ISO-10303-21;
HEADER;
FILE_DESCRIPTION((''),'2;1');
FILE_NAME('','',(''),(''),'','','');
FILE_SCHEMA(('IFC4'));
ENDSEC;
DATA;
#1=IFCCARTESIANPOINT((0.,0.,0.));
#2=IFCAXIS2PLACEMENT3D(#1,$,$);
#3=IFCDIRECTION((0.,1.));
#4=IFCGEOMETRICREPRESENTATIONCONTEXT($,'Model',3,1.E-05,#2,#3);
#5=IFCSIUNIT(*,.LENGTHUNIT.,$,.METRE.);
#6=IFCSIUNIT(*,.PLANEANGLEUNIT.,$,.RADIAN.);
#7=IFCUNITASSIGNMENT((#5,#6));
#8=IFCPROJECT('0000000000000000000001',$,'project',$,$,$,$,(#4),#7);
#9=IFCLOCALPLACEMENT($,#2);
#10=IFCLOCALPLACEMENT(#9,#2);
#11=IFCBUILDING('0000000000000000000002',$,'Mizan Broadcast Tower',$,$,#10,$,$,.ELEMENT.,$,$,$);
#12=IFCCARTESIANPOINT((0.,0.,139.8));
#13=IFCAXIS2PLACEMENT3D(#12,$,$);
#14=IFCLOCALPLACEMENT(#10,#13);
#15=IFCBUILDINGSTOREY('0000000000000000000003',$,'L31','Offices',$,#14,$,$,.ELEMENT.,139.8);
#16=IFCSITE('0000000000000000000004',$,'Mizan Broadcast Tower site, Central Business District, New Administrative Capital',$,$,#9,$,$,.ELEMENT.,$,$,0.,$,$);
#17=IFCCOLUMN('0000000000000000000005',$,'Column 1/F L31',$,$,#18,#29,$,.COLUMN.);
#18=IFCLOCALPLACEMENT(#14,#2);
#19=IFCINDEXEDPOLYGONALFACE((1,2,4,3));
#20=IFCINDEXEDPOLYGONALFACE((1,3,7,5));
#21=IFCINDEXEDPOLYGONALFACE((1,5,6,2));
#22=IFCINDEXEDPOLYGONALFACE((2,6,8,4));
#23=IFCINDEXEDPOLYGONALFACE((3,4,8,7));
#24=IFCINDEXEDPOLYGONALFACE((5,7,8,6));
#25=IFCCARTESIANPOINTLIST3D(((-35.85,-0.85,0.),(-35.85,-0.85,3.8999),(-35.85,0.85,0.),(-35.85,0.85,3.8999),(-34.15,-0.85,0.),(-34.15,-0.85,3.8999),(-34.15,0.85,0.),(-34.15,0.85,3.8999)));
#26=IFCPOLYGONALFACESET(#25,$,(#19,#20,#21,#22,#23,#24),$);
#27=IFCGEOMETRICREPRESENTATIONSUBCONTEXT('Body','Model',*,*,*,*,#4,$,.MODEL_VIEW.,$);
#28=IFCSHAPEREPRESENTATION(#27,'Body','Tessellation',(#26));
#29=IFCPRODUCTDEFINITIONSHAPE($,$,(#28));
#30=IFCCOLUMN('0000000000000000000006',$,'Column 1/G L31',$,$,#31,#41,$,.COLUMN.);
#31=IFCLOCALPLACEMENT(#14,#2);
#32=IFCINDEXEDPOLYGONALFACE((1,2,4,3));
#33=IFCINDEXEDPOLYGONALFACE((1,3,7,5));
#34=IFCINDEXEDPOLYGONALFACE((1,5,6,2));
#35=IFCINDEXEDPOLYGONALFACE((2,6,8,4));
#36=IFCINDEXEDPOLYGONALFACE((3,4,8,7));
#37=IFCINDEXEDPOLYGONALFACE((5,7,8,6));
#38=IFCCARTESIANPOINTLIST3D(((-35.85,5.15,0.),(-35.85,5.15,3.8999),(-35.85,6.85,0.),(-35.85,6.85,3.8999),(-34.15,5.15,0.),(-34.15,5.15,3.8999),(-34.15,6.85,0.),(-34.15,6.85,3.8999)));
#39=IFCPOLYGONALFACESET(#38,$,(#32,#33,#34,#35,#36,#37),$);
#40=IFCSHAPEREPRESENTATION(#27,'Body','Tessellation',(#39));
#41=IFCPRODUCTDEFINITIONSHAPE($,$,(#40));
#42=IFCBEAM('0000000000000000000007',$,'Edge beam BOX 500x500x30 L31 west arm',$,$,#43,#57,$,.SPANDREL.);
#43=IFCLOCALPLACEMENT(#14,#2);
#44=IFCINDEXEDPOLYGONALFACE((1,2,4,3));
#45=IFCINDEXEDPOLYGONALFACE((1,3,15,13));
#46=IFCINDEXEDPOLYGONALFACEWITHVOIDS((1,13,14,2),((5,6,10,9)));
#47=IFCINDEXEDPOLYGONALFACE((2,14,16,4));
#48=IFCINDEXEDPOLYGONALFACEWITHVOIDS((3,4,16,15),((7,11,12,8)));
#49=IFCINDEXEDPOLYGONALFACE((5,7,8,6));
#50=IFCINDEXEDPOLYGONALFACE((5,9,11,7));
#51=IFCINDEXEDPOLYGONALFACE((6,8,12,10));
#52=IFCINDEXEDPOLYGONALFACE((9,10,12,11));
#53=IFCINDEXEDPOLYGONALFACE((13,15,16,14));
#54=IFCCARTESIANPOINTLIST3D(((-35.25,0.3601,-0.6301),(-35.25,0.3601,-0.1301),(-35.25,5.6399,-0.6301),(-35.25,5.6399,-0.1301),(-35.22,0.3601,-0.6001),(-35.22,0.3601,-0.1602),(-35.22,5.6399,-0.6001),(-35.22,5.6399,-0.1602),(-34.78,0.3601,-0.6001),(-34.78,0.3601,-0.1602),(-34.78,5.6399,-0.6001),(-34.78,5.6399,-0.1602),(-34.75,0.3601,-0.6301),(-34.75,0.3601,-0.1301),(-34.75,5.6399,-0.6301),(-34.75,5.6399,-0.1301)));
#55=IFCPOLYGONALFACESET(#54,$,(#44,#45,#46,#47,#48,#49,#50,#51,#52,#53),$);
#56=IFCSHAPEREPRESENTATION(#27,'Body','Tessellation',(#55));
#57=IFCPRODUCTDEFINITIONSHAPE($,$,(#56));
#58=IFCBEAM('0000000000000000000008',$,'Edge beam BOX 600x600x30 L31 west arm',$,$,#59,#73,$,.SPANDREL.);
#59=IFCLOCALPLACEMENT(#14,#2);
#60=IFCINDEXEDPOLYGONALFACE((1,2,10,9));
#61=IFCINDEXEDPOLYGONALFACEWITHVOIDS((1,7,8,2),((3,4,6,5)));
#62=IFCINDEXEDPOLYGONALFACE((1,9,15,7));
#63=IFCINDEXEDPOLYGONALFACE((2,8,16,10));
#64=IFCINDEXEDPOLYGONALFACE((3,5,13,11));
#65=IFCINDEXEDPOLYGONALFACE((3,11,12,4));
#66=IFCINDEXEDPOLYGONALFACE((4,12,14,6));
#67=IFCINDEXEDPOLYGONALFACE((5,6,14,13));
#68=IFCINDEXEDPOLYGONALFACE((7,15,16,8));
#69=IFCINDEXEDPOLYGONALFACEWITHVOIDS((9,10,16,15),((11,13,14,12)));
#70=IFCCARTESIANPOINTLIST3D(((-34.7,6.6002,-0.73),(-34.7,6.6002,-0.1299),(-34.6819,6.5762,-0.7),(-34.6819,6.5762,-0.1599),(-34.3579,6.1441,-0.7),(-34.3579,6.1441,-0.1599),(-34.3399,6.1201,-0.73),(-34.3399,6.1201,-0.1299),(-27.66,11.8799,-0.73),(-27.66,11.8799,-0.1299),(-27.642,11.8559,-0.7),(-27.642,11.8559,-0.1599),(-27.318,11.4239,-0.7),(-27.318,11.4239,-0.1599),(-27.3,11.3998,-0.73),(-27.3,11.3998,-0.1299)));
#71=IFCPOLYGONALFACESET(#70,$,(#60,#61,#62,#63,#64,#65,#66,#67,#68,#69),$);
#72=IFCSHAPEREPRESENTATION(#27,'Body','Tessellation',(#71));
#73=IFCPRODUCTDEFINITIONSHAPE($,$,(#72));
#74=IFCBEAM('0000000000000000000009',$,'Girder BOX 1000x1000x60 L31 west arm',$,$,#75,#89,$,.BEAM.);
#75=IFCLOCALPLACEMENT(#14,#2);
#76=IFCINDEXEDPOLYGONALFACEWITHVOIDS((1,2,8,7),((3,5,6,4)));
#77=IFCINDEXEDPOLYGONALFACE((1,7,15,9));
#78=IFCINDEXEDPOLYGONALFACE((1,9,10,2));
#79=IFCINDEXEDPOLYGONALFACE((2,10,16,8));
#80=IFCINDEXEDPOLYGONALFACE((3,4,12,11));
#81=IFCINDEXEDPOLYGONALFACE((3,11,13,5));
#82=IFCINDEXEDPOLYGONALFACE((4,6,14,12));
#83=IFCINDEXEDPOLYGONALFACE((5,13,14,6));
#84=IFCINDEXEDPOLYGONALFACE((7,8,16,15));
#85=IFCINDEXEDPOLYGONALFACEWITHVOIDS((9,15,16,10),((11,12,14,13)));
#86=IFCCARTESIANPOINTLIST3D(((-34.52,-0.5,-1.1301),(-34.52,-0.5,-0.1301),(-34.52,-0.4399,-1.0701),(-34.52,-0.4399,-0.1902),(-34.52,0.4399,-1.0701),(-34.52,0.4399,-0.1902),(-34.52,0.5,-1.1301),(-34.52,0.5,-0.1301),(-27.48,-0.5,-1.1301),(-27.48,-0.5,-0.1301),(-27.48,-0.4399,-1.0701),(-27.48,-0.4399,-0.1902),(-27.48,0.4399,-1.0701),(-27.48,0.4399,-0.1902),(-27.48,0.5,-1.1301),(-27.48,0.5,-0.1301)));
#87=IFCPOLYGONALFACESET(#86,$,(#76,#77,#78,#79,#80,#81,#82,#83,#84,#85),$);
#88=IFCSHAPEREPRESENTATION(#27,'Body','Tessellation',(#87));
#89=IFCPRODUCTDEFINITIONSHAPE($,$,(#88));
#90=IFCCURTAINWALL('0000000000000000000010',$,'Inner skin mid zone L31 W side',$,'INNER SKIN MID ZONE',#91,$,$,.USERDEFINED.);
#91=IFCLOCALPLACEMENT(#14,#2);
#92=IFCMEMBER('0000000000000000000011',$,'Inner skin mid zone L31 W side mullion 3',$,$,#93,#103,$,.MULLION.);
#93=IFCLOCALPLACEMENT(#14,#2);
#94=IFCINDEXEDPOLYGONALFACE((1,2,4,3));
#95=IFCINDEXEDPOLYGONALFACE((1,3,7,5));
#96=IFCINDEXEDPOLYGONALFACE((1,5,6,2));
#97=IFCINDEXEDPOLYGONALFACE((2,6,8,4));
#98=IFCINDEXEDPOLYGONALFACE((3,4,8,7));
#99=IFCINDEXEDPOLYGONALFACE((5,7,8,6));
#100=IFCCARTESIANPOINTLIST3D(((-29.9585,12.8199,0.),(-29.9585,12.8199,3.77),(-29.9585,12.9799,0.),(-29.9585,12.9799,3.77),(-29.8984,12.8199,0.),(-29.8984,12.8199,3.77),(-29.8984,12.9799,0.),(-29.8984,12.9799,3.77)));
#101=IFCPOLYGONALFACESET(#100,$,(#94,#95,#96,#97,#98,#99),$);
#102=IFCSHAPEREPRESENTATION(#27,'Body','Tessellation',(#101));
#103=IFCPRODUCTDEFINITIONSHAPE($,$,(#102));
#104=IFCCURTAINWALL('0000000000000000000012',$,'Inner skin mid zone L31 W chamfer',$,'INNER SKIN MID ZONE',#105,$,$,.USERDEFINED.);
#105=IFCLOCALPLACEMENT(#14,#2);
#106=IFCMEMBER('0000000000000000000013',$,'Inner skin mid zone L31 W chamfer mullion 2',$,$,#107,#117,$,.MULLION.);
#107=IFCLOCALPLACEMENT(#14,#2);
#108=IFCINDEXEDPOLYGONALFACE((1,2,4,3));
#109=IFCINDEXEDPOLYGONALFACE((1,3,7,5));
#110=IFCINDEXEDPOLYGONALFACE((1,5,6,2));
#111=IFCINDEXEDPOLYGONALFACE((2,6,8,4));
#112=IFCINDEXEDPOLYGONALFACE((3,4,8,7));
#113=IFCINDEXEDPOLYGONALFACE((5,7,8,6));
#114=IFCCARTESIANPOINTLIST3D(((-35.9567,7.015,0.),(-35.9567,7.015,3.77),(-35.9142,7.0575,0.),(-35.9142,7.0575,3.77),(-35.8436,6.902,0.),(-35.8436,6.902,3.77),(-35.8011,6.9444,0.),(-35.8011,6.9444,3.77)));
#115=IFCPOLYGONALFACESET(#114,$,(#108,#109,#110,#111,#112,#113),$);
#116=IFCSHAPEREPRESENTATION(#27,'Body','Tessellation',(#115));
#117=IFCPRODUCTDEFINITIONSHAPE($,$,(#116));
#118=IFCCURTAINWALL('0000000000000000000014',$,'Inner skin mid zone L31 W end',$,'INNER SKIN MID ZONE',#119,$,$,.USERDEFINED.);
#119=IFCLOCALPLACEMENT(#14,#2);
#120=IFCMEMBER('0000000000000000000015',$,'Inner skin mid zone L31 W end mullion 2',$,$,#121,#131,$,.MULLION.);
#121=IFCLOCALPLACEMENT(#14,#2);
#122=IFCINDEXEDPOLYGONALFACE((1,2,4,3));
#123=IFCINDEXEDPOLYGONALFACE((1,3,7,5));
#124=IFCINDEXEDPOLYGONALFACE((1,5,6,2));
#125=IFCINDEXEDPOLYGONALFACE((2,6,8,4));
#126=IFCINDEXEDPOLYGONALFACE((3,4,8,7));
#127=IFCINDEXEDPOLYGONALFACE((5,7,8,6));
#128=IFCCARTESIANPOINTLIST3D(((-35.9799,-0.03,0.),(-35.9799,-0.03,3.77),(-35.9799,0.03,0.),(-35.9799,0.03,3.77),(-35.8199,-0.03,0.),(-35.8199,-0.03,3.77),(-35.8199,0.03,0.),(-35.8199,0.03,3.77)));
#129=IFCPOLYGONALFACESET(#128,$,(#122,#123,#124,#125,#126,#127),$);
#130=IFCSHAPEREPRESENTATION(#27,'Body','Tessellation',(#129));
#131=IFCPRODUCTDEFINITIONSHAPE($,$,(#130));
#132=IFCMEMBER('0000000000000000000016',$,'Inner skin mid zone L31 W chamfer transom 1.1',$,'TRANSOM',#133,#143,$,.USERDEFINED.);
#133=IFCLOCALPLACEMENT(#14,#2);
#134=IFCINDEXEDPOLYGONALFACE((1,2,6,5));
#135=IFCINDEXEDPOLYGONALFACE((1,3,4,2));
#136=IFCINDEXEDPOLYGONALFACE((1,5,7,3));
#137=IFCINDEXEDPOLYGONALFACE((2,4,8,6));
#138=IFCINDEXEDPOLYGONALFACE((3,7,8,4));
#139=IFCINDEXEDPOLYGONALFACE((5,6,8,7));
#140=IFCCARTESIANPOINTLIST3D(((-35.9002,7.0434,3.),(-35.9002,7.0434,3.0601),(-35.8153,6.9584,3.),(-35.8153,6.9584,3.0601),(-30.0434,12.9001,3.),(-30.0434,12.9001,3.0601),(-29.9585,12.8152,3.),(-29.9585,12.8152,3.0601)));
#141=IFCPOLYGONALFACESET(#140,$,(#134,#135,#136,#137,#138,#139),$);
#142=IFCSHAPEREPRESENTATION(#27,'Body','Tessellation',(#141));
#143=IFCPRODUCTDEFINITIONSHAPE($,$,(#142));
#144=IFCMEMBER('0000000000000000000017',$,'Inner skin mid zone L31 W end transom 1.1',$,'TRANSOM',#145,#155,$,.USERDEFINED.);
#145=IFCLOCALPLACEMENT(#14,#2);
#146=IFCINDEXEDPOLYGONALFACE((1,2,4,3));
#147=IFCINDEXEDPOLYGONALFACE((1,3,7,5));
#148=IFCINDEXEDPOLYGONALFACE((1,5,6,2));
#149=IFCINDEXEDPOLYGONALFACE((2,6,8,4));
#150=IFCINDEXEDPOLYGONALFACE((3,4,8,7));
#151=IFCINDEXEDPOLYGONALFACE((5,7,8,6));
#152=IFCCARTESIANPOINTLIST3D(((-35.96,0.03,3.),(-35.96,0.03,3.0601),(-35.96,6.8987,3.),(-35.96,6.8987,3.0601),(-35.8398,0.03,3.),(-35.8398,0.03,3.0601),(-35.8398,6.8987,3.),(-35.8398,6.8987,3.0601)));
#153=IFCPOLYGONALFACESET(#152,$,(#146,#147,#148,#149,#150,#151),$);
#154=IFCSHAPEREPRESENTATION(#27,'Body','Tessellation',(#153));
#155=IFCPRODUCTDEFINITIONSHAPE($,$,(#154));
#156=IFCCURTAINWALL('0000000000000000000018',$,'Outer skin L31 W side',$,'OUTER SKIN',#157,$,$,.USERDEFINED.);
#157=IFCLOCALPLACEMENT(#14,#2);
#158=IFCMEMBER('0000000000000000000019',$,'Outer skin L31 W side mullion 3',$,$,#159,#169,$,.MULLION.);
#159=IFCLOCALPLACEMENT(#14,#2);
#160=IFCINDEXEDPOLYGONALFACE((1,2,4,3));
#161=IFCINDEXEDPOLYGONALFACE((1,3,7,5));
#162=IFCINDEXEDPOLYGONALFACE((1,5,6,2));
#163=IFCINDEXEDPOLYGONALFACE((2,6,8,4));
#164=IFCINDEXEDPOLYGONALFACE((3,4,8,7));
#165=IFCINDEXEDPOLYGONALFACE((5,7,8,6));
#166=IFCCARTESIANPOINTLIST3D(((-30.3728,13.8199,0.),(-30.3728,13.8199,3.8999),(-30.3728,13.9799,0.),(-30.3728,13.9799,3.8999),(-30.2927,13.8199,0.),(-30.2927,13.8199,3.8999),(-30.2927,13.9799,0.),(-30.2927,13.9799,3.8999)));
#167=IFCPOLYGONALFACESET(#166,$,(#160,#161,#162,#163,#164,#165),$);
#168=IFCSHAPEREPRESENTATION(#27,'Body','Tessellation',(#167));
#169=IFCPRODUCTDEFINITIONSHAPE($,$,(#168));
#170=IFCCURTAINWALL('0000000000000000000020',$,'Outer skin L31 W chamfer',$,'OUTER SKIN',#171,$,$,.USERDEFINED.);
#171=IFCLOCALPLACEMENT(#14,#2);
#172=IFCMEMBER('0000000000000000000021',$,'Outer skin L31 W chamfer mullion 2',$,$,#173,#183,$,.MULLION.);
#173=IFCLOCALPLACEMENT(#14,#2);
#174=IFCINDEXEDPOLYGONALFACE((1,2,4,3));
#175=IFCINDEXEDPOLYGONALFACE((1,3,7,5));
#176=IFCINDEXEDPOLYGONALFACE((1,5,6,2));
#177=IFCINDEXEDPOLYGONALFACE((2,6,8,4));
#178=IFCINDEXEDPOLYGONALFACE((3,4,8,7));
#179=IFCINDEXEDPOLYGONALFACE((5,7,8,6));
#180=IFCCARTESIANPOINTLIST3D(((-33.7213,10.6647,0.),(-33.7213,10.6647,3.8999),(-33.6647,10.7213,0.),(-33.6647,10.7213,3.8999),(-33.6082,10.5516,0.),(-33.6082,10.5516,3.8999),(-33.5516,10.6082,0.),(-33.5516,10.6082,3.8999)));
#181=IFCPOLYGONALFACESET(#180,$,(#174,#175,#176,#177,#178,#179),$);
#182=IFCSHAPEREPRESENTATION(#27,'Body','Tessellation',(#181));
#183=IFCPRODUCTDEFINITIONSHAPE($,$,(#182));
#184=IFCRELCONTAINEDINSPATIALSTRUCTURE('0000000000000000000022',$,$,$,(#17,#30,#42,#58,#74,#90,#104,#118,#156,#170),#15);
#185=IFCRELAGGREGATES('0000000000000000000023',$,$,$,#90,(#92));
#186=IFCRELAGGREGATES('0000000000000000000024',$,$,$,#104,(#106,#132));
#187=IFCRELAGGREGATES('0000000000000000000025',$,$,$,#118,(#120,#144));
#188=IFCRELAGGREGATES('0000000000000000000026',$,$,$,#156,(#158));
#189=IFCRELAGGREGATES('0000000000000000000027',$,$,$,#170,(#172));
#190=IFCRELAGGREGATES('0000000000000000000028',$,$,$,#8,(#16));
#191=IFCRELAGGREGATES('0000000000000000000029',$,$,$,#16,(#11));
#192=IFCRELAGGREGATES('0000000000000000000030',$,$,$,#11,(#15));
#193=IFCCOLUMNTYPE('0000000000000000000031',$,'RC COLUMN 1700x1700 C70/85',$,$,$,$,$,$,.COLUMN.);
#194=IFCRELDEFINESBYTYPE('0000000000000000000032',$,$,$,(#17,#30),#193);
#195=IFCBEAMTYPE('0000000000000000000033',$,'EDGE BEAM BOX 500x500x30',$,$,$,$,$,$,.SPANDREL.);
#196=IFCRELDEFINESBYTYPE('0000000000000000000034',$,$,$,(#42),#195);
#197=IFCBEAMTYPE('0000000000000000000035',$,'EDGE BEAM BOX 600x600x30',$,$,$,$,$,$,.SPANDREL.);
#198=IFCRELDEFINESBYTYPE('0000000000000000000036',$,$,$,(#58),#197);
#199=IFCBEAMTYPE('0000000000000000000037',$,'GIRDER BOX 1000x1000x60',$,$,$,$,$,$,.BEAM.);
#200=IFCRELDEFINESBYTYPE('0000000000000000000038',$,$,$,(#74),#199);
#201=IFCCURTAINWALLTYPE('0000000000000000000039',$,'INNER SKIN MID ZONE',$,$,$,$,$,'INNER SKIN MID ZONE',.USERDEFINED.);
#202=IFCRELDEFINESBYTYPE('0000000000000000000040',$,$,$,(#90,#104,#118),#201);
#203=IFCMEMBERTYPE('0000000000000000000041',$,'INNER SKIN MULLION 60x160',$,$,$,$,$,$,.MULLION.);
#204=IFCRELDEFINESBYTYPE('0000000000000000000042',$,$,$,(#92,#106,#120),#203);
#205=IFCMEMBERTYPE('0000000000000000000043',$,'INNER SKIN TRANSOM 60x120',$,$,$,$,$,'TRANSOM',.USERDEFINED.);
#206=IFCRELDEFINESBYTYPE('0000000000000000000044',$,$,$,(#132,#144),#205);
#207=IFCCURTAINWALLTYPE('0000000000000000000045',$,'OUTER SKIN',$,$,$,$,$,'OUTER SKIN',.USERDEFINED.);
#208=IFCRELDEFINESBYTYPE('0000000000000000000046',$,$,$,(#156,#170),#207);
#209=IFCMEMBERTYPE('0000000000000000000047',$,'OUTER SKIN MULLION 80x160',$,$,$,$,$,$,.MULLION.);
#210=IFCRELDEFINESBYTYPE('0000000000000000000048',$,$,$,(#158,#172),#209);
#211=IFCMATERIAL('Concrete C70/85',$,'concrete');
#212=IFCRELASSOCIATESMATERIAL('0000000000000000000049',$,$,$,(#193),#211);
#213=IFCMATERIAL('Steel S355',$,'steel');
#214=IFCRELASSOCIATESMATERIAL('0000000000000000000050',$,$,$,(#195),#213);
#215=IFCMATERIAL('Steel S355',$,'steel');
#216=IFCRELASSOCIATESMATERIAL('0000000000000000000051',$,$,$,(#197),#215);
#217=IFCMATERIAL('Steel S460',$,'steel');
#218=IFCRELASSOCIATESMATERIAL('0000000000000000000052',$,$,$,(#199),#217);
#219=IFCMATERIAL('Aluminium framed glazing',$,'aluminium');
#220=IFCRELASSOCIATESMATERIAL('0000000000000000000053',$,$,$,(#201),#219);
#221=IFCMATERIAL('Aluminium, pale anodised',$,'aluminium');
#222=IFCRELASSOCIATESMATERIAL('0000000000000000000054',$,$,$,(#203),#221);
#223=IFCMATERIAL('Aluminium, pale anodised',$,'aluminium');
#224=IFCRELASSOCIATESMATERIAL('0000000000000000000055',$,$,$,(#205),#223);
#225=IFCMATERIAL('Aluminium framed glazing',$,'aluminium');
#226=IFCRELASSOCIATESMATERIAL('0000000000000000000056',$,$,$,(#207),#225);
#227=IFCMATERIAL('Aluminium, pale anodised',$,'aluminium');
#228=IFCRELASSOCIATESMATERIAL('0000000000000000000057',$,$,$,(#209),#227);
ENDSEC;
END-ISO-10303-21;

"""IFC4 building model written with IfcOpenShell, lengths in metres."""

from ifc_helpers import new_model, si_unit, direction, frame, origin, origin_2d, place, context, subcontext, project, spatial, rectangle, hollow_rectangle, extrude, material, material_profile, profile_set, type_object, element, aggregate, save


model = new_model("IFC4")

# Units and contexts
model_context = context("Model", 3, precision=1e-05, world=origin(), true_north=direction((0.0, 1.0)))
body_context = subcontext(model_context, "Body", "Model", "MODEL_VIEW")
ifc_project = project(units=[si_unit("LENGTHUNIT", "METRE"), si_unit("PLANEANGLEUNIT", "RADIAN")], contexts=[model_context])

# Site, building, storey
site_placement = place(None, origin())
site = spatial("IfcSite", under=ifc_project, at=site_placement, Name="Mizan Broadcast Tower site, Central Business District, New Administrative Capital", CompositionType="ELEMENT", RefElevation=0.0)
building_placement = place(site_placement, origin())
building = spatial("IfcBuilding", under=site, at=building_placement, Name="Mizan Broadcast Tower", CompositionType="ELEMENT")
storey_placement = place(building_placement, frame((0.0, 0.0, 139.8)))
storey = spatial("IfcBuildingStorey", under=building, at=storey_placement, Name="L31", Description="Offices", CompositionType="ELEMENT", Elevation=139.8)

# Columns
ifc_material_1 = material(Name="Concrete C70/85", Category="concrete")
ifc_material_profile_1 = material_profile(ifc_material_1, rectangle(XDim=1.7, YDim=1.7, at=origin_2d()), Name="RC 1700x1700")
ifc_profile_set_1 = profile_set([ifc_material_profile_1], Name="Concrete C70/85")
column_type = type_object("IfcColumnType", Name="RC COLUMN 1700x1700 C70/85", PredefinedType="COLUMN", material=ifc_profile_set_1)
for number, where, z_axis, x_axis, name in (
    (1, (-35.0, 0.0, 0.0), (0.0, 0.0, 1.0), (1.0, 0.0, 0.0), "Column 1/F L31"),
    (2, (-35.0, 6.0, 0.0), (0.0, 0.0, 1.0), (1.0, 0.0, 0.0), "Column 1/G L31"),
):
    element("IfcColumn", number, at=place(storey_placement, frame(where, z_axis=z_axis, x_axis=x_axis)), inside=storey, type_object=column_type, Name=name, PredefinedType="COLUMN", context=body_context, shape_type="SweptSolid", body=[
        extrude(rectangle(XDim=1.7, YDim=1.7, at=origin_2d()), origin(), (0.0, 0.0, 1.0), 3.8999),
    ])

# Beams
ifc_material_2 = material(Name="Steel S355", Category="steel")
ifc_material_profile_2 = material_profile(ifc_material_2, hollow_rectangle(XDim=0.5, YDim=0.5, WallThickness=0.03, at=origin_2d()), Name="BOX 500x500x30")
ifc_profile_set_2 = profile_set([ifc_material_profile_2], Name="Steel S355")
beam_type_1 = type_object("IfcBeamType", Name="EDGE BEAM BOX 500x500x30", PredefinedType="SPANDREL", material=ifc_profile_set_2)
beam_1_placement = place(storey_placement, frame((-35.0, 5.6399, -0.3801), z_axis=(0.0, -1.0, 0.0), x_axis=(1.0, 0.0, 0.0)))
element("IfcBeam", 3, at=beam_1_placement, inside=storey, type_object=beam_type_1, Name="Edge beam BOX 500x500x30 L31 west arm", PredefinedType="SPANDREL", context=body_context, shape_type="SweptSolid", body=[
    extrude(hollow_rectangle(XDim=0.5, YDim=0.5, WallThickness=0.03, at=origin_2d()), origin(), (0.0, 0.0, 1.0), 5.2798),
])
ifc_material_3 = material(Name="Steel S355", Category="steel")
ifc_material_profile_3 = material_profile(ifc_material_3, hollow_rectangle(XDim=0.6001, YDim=0.6001, WallThickness=0.03, at=origin_2d()), Name="BOX 600x600x30")
ifc_profile_set_3 = profile_set([ifc_material_profile_3], Name="Steel S355")
beam_type_2 = type_object("IfcBeamType", Name="EDGE BEAM BOX 600x600x30", PredefinedType="SPANDREL", material=ifc_profile_set_3)
beam_2_placement = place(storey_placement, frame((-27.48, 11.6399, -0.4299), z_axis=(-0.800013, -0.599982, 0.0), x_axis=(0.599982, -0.800013, 0.0)))
element("IfcBeam", 4, at=beam_2_placement, inside=storey, type_object=beam_type_2, Name="Edge beam BOX 600x600x30 L31 west arm", PredefinedType="SPANDREL", context=body_context, shape_type="SweptSolid", body=[
    extrude(hollow_rectangle(XDim=0.6001, YDim=0.6001, WallThickness=0.03, at=origin_2d()), origin(), (0.0, 0.0, 1.0), 8.7998),
])
ifc_material_4 = material(Name="Steel S460", Category="steel")
ifc_material_profile_4 = material_profile(ifc_material_4, hollow_rectangle(XDim=1.0, YDim=1.0, WallThickness=0.0601, at=origin_2d()), Name="BOX 1000x1000x60")
ifc_profile_set_4 = profile_set([ifc_material_profile_4], Name="Steel S460")
beam_type_3 = type_object("IfcBeamType", Name="GIRDER BOX 1000x1000x60", PredefinedType="BEAM", material=ifc_profile_set_4)
beam_3_placement = place(storey_placement, frame((-27.48, 0.0, -0.6301), z_axis=(-1.0, 0.0, 0.0), x_axis=(0.0, -1.0, 0.0)))
element("IfcBeam", 5, at=beam_3_placement, inside=storey, type_object=beam_type_3, Name="Girder BOX 1000x1000x60 L31 west arm", PredefinedType="BEAM", context=body_context, shape_type="SweptSolid", body=[
    extrude(hollow_rectangle(XDim=1.0, YDim=1.0, WallThickness=0.0601, at=origin_2d()), origin(), (0.0, 0.0, 1.0), 7.04),
])

# Curtain walls, members
ifc_material_5 = material(Name="Aluminium framed glazing", Category="aluminium")
curtain_wall_type_1 = type_object("IfcCurtainWallType", Name="INNER SKIN MID ZONE", ElementType="INNER SKIN MID ZONE", PredefinedType="USERDEFINED", material=ifc_material_5)
curtain_wall_1_placement = place(storey_placement, origin())
curtain_wall_1 = element("IfcCurtainWall", 6, at=curtain_wall_1_placement, inside=storey, type_object=curtain_wall_type_1, Name="Inner skin mid zone L31 W side", ObjectType="INNER SKIN MID ZONE", PredefinedType="USERDEFINED")
ifc_material_6 = material(Name="Aluminium, pale anodised", Category="aluminium")
ifc_material_profile_5 = material_profile(ifc_material_6, rectangle(XDim=0.1599, YDim=0.0601, at=origin_2d()), Name="MULLION 160x60")
ifc_profile_set_5 = profile_set([ifc_material_profile_5], Name="Aluminium, pale anodised")
member_type_1 = type_object("IfcMemberType", Name="INNER SKIN MULLION 60x160", PredefinedType="MULLION", material=ifc_profile_set_5)
member_1_placement = place(storey_placement, frame((-29.9285, 12.8999, 0.0), z_axis=(0.0, 0.0, 1.0), x_axis=(0.0, -1.0, 0.0)))
member_1 = element("IfcMember", 7, at=member_1_placement, type_object=member_type_1, Name="Inner skin mid zone L31 W side mullion 3", PredefinedType="MULLION", context=body_context, shape_type="SweptSolid", body=[
    extrude(rectangle(XDim=0.1599, YDim=0.0601, at=origin_2d()), origin(), (0.0, 0.0, 1.0), 3.77),
])
curtain_wall_2_placement = place(storey_placement, origin())
curtain_wall_2 = element("IfcCurtainWall", 8, at=curtain_wall_2_placement, inside=storey, type_object=curtain_wall_type_1, Name="Inner skin mid zone L31 W chamfer", ObjectType="INNER SKIN MID ZONE", PredefinedType="USERDEFINED")
member_2_placement = place(storey_placement, frame((-35.8789, 6.9797, 0.0), z_axis=(0.0, 0.0, 1.0), x_axis=(0.707107, -0.707107, 0.0)))
member_2 = element("IfcMember", 9, at=member_2_placement, type_object=member_type_1, Name="Inner skin mid zone L31 W chamfer mullion 2", PredefinedType="MULLION", context=body_context, shape_type="SweptSolid", body=[
    extrude(rectangle(XDim=0.1599, YDim=0.0601, at=origin_2d()), origin(), (0.0, 0.0, 1.0), 3.77),
])
curtain_wall_3_placement = place(storey_placement, origin())
curtain_wall_3 = element("IfcCurtainWall", 10, at=curtain_wall_3_placement, inside=storey, type_object=curtain_wall_type_1, Name="Inner skin mid zone L31 W end", ObjectType="INNER SKIN MID ZONE", PredefinedType="USERDEFINED")
member_3_placement = place(storey_placement, frame((-35.8999, 0.0, 0.0), z_axis=(0.0, 0.0, 1.0), x_axis=(1.0, 0.0, 0.0)))
member_3 = element("IfcMember", 11, at=member_3_placement, type_object=member_type_1, Name="Inner skin mid zone L31 W end mullion 2", PredefinedType="MULLION", context=body_context, shape_type="SweptSolid", body=[
    extrude(rectangle(XDim=0.1599, YDim=0.0601, at=origin_2d()), origin(), (0.0, 0.0, 1.0), 3.77),
])

# Members
ifc_material_7 = material(Name="Aluminium, pale anodised", Category="aluminium")
ifc_material_profile_6 = material_profile(ifc_material_7, rectangle(XDim=0.1201, YDim=0.0601, at=origin_2d()), Name="TRANSOM 120x60")
ifc_profile_set_6 = profile_set([ifc_material_profile_6], Name="Aluminium, pale anodised")
member_type_2 = type_object("IfcMemberType", Name="INNER SKIN TRANSOM 60x120", ElementType="TRANSOM", PredefinedType="USERDEFINED", material=ifc_profile_set_6)
member_4_placement = place(storey_placement, frame((-30.001, 12.8577, 3.03), z_axis=(-0.707107, -0.707107, 0.0), x_axis=(0.707107, -0.707107, 0.0)))
member_4 = element("IfcMember", 12, at=member_4_placement, type_object=member_type_2, Name="Inner skin mid zone L31 W chamfer transom 1.1", ObjectType="TRANSOM", PredefinedType="USERDEFINED", context=body_context, shape_type="SweptSolid", body=[
    extrude(rectangle(XDim=0.1201, YDim=0.0601, at=origin_2d()), origin(), (0.0, 0.0, 1.0), 8.2827),
])
member_5_placement = place(storey_placement, frame((-35.8999, 6.8987, 3.03), z_axis=(0.0, -1.0, 0.0), x_axis=(1.0, 0.0, 0.0)))
member_5 = element("IfcMember", 13, at=member_5_placement, type_object=member_type_2, Name="Inner skin mid zone L31 W end transom 1.1", ObjectType="TRANSOM", PredefinedType="USERDEFINED", context=body_context, shape_type="SweptSolid", body=[
    extrude(rectangle(XDim=0.1201, YDim=0.0601, at=origin_2d()), origin(), (0.0, 0.0, 1.0), 6.8687),
])

# Curtain wall, member
ifc_material_8 = material(Name="Aluminium framed glazing", Category="aluminium")
curtain_wall_type_2 = type_object("IfcCurtainWallType", Name="OUTER SKIN", ElementType="OUTER SKIN", PredefinedType="USERDEFINED", material=ifc_material_8)
curtain_wall_4_placement = place(storey_placement, origin())
curtain_wall_4 = element("IfcCurtainWall", 14, at=curtain_wall_4_placement, inside=storey, type_object=curtain_wall_type_2, Name="Outer skin L31 W side", ObjectType="OUTER SKIN", PredefinedType="USERDEFINED")
ifc_material_9 = material(Name="Aluminium, pale anodised", Category="aluminium")
ifc_material_profile_7 = material_profile(ifc_material_9, rectangle(XDim=0.1599, YDim=0.0801, at=origin_2d()), Name="MULLION 160x80")
ifc_profile_set_7 = profile_set([ifc_material_profile_7], Name="Aluminium, pale anodised")
member_type_3 = type_object("IfcMemberType", Name="OUTER SKIN MULLION 80x160", PredefinedType="MULLION", material=ifc_profile_set_7)
member_6_placement = place(storey_placement, frame((-30.3328, 13.8999, 0.0), z_axis=(0.0, 0.0, 1.0), x_axis=(0.0, -1.0, 0.0)))
member_6 = element("IfcMember", 15, at=member_6_placement, type_object=member_type_3, Name="Outer skin L31 W side mullion 3", PredefinedType="MULLION", context=body_context, shape_type="SweptSolid", body=[
    extrude(rectangle(XDim=0.1599, YDim=0.0801, at=origin_2d()), origin(), (0.0, 0.0, 1.0), 3.8999),
])

# Curtain wall, member
curtain_wall_5_placement = place(storey_placement, origin())
curtain_wall_5 = element("IfcCurtainWall", 16, at=curtain_wall_5_placement, inside=storey, type_object=curtain_wall_type_2, Name="Outer skin L31 W chamfer", ObjectType="OUTER SKIN", PredefinedType="USERDEFINED")
member_7_placement = place(storey_placement, frame((-33.6365, 10.6365, 0.0), z_axis=(0.0, 0.0, 1.0), x_axis=(0.707107, -0.707107, 0.0)))
member_7 = element("IfcMember", 17, at=member_7_placement, type_object=member_type_3, Name="Outer skin L31 W chamfer mullion 2", PredefinedType="MULLION", context=body_context, shape_type="SweptSolid", body=[
    extrude(rectangle(XDim=0.1599, YDim=0.0801, at=origin_2d()), origin(), (0.0, 0.0, 1.0), 3.8999),
])

aggregate(curtain_wall_1, [member_1])
aggregate(curtain_wall_2, [member_2, member_4])
aggregate(curtain_wall_3, [member_3, member_5])
aggregate(curtain_wall_4, [member_6])
aggregate(curtain_wall_5, [member_7])

save(model, "model.ifc")
